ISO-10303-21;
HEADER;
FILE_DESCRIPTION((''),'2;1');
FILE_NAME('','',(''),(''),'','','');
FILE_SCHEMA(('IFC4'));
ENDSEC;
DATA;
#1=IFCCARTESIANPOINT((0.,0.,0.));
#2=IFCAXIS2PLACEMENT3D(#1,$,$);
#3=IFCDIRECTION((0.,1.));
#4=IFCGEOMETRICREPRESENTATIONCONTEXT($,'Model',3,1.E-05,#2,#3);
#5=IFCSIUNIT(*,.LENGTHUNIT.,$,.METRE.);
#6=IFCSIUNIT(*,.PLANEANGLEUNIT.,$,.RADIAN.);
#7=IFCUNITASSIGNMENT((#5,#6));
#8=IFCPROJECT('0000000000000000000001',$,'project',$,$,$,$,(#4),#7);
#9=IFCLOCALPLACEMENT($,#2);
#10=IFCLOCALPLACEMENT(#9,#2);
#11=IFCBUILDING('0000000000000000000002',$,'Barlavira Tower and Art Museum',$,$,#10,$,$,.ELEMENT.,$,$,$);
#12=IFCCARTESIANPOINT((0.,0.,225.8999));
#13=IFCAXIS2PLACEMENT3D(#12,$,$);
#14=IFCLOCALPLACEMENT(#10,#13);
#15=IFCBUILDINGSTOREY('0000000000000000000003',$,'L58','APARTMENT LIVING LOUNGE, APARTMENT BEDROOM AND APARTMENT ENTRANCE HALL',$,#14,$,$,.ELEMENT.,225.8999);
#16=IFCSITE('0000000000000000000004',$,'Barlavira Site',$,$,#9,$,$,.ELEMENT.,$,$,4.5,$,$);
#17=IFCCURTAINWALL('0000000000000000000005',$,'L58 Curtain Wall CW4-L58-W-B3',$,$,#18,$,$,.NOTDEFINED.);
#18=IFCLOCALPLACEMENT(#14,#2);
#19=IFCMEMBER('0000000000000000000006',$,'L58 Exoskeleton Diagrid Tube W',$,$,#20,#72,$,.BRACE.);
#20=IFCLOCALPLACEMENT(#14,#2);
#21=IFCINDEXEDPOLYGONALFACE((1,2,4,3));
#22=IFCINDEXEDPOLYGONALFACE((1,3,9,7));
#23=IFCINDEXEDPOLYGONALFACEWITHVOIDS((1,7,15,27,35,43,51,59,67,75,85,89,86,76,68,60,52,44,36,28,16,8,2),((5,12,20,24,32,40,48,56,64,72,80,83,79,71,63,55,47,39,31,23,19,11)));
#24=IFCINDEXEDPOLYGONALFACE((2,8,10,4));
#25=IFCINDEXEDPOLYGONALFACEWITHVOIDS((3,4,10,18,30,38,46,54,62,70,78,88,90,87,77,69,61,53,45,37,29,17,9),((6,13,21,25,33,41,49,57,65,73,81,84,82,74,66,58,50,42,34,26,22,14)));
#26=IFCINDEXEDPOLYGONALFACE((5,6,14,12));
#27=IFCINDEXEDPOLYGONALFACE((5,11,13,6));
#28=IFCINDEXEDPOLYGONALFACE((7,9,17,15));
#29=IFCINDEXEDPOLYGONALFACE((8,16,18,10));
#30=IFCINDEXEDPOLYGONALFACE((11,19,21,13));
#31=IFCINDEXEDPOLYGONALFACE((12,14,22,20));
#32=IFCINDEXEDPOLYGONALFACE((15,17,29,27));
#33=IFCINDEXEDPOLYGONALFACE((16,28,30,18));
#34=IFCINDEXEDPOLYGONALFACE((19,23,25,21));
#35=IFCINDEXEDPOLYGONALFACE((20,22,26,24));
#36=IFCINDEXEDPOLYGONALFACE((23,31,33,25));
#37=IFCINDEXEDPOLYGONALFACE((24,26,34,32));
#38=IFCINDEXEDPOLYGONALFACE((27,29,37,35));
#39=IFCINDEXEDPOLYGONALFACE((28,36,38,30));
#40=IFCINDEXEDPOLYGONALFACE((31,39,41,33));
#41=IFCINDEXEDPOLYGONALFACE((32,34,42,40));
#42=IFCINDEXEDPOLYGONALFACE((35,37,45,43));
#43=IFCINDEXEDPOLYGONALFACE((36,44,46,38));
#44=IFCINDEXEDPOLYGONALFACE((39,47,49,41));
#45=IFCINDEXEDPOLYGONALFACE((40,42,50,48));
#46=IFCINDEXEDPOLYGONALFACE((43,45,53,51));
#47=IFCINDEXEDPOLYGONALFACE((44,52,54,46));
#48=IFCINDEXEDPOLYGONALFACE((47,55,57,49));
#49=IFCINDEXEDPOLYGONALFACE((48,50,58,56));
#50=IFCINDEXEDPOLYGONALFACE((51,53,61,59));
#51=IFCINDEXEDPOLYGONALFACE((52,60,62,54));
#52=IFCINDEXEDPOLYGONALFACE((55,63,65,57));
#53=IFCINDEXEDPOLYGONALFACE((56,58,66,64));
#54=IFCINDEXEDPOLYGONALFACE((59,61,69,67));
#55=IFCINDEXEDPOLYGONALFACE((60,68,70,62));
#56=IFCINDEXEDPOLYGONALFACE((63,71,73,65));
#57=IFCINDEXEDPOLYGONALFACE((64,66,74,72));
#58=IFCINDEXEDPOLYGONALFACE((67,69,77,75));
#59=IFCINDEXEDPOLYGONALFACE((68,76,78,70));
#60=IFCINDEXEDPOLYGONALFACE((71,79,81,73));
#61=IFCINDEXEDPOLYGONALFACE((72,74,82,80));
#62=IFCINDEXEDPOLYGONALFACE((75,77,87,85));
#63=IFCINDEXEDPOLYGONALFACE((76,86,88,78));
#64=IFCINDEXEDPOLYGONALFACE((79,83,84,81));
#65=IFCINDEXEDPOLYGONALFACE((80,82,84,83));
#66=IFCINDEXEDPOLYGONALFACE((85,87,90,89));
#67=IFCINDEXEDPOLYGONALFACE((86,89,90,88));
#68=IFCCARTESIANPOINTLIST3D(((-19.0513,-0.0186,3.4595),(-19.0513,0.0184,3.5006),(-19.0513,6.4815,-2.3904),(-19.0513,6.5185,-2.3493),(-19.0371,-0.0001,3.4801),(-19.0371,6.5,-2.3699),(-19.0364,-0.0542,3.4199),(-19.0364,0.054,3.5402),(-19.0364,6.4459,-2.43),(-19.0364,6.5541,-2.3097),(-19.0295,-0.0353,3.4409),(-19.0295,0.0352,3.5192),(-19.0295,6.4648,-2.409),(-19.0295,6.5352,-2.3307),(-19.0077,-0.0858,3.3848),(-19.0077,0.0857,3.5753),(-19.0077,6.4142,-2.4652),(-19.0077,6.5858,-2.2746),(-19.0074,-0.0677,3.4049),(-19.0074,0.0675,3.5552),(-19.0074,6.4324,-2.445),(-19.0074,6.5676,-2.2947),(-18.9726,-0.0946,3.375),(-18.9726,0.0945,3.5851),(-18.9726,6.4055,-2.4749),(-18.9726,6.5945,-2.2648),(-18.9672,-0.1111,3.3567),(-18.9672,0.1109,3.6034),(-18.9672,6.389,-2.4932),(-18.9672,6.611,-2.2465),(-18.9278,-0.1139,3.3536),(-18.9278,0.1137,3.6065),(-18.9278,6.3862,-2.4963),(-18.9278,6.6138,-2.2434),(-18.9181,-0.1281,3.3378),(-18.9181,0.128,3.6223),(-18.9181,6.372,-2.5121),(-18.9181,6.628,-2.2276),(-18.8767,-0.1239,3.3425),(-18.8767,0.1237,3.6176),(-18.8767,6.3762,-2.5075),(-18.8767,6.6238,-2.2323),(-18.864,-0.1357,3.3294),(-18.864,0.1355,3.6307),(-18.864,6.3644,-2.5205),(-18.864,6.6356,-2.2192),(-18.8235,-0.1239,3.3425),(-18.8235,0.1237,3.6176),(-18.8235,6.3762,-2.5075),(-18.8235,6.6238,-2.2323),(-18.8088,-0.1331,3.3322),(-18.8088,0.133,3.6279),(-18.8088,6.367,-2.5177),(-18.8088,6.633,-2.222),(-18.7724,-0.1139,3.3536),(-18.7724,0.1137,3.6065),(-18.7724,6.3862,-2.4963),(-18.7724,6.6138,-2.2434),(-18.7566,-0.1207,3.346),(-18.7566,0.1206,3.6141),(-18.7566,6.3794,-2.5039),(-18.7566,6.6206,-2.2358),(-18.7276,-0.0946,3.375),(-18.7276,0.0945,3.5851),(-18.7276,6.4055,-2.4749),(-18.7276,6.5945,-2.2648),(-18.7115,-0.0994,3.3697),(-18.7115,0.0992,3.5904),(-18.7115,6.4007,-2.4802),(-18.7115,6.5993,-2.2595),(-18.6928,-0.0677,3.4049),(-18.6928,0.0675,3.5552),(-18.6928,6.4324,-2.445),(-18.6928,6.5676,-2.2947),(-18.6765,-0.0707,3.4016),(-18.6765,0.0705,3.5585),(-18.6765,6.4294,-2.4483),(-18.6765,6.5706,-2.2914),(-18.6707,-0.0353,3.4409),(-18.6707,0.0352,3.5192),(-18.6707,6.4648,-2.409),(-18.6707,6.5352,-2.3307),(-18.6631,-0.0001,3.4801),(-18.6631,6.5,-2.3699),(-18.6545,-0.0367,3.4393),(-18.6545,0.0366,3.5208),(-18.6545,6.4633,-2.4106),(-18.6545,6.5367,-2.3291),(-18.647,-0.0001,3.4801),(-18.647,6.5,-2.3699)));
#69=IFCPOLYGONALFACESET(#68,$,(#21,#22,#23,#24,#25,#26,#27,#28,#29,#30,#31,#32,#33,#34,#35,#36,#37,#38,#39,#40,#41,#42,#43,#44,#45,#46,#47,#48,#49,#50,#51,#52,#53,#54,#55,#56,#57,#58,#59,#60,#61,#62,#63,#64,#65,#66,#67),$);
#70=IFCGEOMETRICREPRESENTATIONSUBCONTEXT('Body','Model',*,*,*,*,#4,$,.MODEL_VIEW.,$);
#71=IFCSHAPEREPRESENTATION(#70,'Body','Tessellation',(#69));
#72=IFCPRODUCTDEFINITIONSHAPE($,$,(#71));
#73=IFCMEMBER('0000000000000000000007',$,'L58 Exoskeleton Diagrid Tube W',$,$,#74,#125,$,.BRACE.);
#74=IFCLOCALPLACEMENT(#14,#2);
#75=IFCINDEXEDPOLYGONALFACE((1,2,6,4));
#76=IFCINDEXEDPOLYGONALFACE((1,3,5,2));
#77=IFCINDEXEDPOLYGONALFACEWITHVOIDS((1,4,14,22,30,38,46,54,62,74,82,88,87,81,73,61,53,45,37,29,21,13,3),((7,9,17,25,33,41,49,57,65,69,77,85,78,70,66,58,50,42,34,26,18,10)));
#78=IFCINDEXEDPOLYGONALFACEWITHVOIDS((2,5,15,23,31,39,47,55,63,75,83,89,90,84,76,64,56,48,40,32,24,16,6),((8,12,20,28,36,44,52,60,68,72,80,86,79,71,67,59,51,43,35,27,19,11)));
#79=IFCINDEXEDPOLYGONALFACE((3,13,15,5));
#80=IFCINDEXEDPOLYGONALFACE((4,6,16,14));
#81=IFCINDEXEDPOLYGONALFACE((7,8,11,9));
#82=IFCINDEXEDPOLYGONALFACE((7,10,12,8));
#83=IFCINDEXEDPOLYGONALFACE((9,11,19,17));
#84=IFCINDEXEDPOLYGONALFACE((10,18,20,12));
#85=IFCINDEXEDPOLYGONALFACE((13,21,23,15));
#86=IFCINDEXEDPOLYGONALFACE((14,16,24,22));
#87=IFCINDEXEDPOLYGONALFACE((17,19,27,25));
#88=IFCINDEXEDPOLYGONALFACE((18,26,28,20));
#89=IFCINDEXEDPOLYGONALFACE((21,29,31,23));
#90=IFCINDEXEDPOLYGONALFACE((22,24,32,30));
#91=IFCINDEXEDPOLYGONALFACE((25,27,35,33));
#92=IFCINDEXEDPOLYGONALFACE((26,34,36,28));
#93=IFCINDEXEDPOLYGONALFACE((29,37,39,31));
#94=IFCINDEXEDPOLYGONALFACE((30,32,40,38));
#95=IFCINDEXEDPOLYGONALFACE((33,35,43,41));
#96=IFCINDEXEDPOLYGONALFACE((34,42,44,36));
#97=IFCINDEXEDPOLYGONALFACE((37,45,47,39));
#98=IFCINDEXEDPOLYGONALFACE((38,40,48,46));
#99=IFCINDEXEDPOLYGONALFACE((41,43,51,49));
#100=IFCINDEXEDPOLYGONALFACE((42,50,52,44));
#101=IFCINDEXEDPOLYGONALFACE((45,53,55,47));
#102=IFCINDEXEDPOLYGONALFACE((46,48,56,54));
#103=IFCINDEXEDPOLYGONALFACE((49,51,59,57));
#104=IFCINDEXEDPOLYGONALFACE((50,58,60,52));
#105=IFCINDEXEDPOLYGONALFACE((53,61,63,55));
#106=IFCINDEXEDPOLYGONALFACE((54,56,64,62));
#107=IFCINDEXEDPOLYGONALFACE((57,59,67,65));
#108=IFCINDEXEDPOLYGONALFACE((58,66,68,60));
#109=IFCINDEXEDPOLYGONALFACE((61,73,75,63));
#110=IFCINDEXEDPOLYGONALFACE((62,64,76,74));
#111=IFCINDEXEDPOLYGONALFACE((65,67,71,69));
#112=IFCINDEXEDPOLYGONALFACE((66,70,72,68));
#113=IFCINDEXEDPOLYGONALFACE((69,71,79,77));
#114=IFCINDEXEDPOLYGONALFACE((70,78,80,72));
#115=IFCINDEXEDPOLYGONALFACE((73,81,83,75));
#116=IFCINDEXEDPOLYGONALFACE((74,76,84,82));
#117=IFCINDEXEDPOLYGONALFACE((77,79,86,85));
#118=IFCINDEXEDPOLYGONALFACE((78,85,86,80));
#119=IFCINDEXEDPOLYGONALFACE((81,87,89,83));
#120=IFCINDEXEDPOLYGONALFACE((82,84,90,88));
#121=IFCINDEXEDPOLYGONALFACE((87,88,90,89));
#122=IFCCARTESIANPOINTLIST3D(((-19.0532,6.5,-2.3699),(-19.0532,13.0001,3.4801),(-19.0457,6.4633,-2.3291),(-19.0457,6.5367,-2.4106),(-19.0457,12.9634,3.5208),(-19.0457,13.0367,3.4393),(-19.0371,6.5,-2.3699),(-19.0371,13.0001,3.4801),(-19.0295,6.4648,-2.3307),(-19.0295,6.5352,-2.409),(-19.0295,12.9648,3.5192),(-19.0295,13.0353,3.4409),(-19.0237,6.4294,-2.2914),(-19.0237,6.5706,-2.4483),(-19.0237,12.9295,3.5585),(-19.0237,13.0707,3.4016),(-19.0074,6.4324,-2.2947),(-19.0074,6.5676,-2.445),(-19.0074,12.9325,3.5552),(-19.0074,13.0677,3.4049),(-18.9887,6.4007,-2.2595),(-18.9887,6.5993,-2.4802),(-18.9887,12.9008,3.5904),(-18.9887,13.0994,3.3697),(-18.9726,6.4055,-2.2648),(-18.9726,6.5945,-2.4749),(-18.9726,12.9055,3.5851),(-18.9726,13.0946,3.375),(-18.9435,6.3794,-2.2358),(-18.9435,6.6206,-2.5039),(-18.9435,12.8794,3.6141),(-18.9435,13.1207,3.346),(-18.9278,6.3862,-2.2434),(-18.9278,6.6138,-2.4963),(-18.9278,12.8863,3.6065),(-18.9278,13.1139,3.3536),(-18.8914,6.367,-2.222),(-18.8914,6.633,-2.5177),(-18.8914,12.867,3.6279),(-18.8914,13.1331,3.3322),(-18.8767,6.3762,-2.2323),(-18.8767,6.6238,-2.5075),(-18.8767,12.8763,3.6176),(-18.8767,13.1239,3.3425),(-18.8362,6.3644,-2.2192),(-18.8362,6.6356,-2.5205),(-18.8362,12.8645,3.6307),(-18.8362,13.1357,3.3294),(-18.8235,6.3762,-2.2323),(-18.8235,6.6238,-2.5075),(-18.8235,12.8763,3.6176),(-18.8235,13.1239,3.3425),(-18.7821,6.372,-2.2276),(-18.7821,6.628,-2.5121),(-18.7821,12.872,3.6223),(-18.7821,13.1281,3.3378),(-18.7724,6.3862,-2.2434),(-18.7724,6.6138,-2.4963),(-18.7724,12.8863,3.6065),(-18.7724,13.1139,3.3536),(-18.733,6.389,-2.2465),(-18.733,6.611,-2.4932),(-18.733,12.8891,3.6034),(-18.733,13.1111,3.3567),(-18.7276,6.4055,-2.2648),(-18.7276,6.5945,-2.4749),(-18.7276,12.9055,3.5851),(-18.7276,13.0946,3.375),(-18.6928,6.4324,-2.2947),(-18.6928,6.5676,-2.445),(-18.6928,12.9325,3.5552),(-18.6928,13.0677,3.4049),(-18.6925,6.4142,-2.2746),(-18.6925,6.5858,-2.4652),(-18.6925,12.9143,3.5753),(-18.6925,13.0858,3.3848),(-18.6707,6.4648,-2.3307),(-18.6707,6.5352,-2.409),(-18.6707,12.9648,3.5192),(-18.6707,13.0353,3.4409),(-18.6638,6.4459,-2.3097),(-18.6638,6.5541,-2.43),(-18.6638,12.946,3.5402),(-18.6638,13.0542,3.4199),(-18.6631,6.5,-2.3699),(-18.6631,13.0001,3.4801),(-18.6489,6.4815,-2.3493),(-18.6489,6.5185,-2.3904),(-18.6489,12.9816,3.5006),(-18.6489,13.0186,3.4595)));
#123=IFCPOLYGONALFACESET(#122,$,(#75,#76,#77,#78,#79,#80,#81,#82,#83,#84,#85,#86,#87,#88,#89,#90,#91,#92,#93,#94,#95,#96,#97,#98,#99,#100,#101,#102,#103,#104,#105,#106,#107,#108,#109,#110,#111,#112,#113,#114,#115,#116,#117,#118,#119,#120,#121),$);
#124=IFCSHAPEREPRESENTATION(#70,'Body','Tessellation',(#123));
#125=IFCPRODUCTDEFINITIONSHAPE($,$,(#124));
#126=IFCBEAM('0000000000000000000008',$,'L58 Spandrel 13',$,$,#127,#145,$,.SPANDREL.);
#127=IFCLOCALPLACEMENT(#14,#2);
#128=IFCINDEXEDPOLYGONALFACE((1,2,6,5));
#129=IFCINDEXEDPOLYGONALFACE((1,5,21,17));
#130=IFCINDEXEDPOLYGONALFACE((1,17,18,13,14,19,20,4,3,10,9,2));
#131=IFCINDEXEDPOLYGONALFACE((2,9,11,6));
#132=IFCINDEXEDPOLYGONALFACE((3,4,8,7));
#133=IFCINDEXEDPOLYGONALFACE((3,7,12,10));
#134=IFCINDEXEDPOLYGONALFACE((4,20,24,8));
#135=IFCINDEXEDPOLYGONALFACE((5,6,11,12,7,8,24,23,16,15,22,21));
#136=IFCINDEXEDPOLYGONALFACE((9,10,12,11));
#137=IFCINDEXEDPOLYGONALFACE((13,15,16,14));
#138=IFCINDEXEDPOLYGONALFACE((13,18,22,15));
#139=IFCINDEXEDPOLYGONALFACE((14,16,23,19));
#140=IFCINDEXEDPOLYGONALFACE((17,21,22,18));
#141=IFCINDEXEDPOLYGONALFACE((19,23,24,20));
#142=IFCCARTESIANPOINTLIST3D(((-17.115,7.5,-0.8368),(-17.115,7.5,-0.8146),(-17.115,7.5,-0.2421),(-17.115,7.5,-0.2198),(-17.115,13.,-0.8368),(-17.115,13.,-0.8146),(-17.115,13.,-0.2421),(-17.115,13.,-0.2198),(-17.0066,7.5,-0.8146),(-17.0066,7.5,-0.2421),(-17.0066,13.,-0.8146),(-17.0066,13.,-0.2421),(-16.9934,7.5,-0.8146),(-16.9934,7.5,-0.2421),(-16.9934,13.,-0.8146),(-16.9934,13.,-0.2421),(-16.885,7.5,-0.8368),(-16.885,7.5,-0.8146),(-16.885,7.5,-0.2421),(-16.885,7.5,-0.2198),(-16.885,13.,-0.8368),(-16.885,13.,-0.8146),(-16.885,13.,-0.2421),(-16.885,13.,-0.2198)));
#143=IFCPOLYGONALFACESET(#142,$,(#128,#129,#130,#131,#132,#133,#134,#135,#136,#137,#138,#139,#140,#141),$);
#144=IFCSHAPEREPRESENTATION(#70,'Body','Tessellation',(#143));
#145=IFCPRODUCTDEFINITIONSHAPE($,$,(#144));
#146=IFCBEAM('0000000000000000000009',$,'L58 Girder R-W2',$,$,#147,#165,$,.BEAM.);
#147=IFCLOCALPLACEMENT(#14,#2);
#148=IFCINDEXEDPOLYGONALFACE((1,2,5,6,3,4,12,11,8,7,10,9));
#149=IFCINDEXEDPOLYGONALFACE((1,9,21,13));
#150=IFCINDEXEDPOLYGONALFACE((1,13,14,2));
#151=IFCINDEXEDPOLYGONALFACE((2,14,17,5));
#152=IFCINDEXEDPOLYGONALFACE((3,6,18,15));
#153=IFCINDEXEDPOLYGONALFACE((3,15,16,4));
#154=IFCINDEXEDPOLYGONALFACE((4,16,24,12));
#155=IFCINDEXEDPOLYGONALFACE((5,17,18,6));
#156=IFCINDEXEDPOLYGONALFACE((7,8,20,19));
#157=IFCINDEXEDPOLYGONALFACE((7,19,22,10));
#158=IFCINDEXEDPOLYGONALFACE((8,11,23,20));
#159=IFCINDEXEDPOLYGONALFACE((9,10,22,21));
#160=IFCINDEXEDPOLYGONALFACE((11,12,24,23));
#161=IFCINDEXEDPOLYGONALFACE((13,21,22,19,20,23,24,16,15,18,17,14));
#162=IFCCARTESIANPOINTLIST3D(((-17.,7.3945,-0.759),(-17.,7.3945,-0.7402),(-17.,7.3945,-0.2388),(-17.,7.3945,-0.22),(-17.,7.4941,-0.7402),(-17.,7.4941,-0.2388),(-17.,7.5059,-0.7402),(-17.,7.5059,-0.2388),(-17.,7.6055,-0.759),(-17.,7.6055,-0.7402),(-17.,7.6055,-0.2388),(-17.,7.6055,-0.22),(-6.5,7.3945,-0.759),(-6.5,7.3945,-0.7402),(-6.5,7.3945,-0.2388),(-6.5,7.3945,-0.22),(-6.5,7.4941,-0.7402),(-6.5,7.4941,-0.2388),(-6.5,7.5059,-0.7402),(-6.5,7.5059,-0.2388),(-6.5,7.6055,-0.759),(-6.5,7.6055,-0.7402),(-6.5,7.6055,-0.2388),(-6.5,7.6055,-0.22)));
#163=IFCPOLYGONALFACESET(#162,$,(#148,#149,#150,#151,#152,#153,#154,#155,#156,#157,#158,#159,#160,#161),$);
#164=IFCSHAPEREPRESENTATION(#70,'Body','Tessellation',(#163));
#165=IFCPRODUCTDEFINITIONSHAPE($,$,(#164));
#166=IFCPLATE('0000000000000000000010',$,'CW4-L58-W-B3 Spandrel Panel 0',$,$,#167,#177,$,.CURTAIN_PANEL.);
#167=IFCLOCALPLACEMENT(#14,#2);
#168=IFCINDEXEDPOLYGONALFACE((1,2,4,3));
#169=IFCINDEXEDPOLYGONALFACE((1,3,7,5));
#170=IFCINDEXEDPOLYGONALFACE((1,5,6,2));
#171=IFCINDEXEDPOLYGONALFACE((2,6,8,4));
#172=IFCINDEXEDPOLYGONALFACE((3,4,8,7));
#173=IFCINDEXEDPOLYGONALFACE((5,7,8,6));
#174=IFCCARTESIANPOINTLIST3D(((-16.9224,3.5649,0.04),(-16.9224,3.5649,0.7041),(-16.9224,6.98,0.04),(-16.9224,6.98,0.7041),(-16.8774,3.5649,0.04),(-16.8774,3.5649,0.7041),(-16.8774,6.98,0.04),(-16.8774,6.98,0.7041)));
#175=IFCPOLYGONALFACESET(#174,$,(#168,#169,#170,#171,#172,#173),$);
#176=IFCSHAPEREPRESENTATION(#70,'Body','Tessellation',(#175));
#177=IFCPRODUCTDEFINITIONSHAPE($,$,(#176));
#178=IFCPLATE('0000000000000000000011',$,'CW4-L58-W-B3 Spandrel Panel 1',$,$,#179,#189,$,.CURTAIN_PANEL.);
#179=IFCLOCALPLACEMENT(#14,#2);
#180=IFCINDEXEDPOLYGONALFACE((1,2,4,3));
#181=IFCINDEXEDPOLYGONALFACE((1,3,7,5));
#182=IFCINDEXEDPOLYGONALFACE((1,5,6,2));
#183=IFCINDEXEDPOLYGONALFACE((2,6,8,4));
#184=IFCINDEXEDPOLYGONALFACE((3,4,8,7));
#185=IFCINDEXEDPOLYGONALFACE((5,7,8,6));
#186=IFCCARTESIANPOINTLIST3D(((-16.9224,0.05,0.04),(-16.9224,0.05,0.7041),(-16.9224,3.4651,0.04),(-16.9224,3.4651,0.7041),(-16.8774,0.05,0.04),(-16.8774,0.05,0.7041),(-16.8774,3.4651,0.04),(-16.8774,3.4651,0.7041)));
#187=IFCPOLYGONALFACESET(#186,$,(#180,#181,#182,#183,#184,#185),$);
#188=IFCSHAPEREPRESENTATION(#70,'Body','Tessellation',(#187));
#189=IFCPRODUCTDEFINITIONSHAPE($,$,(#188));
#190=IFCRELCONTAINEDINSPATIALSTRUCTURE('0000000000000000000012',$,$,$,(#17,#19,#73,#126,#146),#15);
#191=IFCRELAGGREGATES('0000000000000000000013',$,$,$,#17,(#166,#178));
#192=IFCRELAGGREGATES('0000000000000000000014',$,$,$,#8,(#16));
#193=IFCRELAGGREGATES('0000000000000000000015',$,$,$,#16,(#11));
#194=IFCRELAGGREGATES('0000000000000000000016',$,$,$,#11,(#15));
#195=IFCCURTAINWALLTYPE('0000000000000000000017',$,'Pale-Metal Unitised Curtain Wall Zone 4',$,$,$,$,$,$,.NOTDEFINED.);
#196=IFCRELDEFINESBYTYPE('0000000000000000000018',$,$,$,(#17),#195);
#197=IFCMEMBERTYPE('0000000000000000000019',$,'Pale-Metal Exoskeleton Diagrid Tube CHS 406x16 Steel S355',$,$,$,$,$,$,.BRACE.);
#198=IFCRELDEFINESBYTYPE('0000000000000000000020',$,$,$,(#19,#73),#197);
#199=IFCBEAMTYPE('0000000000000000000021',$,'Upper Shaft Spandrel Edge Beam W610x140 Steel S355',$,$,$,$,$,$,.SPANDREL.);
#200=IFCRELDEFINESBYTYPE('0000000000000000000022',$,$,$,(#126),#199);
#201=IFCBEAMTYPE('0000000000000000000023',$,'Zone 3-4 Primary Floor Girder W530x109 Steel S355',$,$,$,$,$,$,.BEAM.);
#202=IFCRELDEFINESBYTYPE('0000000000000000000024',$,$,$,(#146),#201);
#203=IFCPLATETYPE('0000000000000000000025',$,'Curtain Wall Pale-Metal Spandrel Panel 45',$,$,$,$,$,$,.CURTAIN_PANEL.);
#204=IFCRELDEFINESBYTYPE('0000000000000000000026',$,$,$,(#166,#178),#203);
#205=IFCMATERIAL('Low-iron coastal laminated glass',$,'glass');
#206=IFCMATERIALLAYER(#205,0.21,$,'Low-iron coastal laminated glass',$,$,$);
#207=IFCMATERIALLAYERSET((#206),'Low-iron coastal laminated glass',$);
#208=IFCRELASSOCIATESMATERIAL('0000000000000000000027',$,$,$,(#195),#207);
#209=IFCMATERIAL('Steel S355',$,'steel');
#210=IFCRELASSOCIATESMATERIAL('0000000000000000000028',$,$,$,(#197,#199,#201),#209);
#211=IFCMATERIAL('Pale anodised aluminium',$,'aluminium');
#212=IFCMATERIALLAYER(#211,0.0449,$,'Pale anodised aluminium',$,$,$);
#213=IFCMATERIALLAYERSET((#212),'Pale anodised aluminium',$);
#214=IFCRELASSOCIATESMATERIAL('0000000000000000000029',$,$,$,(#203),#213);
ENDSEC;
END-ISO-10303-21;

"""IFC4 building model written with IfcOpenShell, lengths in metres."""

from ifc_helpers import new_model, si_unit, direction, frame, origin, origin_2d, place, context, subcontext, project, spatial, rectangle, hollow_circle, i_section, extrude, material, layer, layer_set, material_profile, profile_set, type_object, element, aggregate, save


model = new_model("IFC4")

# Units and contexts
model_context = context("Model", 3, precision=1e-05, world=origin(), true_north=direction((0.0, 1.0)))
body_context = subcontext(model_context, "Body", "Model", "MODEL_VIEW")
ifc_project = project(units=[si_unit("LENGTHUNIT", "METRE"), si_unit("PLANEANGLEUNIT", "RADIAN")], contexts=[model_context])

# Site, building, storey
site_placement = place(None, origin())
site = spatial("IfcSite", under=ifc_project, at=site_placement, Name="Barlavira Site", CompositionType="ELEMENT", RefElevation=4.5)
building_placement = place(site_placement, origin())
building = spatial("IfcBuilding", under=site, at=building_placement, Name="Barlavira Tower and Art Museum", CompositionType="ELEMENT")
storey_placement = place(building_placement, frame((0.0, 0.0, 225.8999)))
storey = spatial("IfcBuildingStorey", under=building, at=storey_placement, Name="L58", Description="APARTMENT LIVING LOUNGE, APARTMENT BEDROOM AND APARTMENT ENTRANCE HALL", CompositionType="ELEMENT", Elevation=225.8999)

# Curtain wall
ifc_material_1 = material(Name="Low-iron coastal laminated glass", Category="glass")
ifc_layer_1 = layer(ifc_material_1, 0.21, Name="Low-iron coastal laminated glass")
ifc_layer_set_1 = layer_set([ifc_layer_1], Name="Low-iron coastal laminated glass")
curtain_wall_type = type_object("IfcCurtainWallType", Name="Pale-Metal Unitised Curtain Wall Zone 4", PredefinedType="NOTDEFINED", material=ifc_layer_set_1)
curtain_wall_placement = place(storey_placement, origin())
curtain_wall = element("IfcCurtainWall", 1, at=curtain_wall_placement, inside=storey, type_object=curtain_wall_type, Name="L58 Curtain Wall CW4-L58-W-B3", PredefinedType="NOTDEFINED")
ifc_material_2 = material(Name="Pale anodised aluminium", Category="aluminium")

# Members
ifc_material_3 = material(Name="Steel S355", Category="steel")
ifc_material_profile_1 = material_profile(ifc_material_3, hollow_circle(Radius=0.2031, WallThickness=0.0161, at=origin_2d()), Name="CHS 406.4x16.0")
ifc_profile_set_1 = profile_set([ifc_material_profile_1], Name="Steel S355")
member_type_1 = type_object("IfcMemberType", Name="Pale-Metal Exoskeleton Diagrid Tube CHS 406x16 Steel S355", PredefinedType="BRACE", material=ifc_profile_set_1)
for number, where, z_axis, x_axis, name in (
    (2, (-18.8501, 6.5, -2.3699), (0.0, -0.743302, 0.668955), (1.0, 0.0, 0.0), "L58 Exoskeleton Diagrid Tube W"),
    (3, (-18.8501, 6.5, -2.3699), (0.0, 0.743302, 0.668955), (-1.0, 0.0, 0.0), "L58 Exoskeleton Diagrid Tube W"),
):
    element("IfcMember", number, at=place(storey_placement, frame(where, z_axis=z_axis, x_axis=x_axis)), inside=storey, type_object=member_type_1, Name=name, PredefinedType="BRACE", context=body_context, shape_type="SweptSolid", body=[
        extrude(hollow_circle(Radius=0.2031, WallThickness=0.0161, at=origin_2d()), origin(), (0.0, 0.0, 1.0), 8.7449),
    ])

# Beams
ifc_material_profile_2 = material_profile(ifc_material_3, i_section(OverallWidth=0.23, OverallDepth=0.6169, WebThickness=0.0132, FlangeThickness=0.0222, at=origin_2d()), Name="W610x140.0")
ifc_profile_set_2 = profile_set([ifc_material_profile_2], Name="Steel S355")
beam_type_1 = type_object("IfcBeamType", Name="Upper Shaft Spandrel Edge Beam W610x140 Steel S355", PredefinedType="SPANDREL", material=ifc_profile_set_2)
beam_1_placement = place(storey_placement, frame((-17.0, 7.5, -0.5283), z_axis=(0.0, 1.0, 0.0), x_axis=(-1.0, 0.0, 0.0)))
element("IfcBeam", 4, at=beam_1_placement, inside=storey, type_object=beam_type_1, Name="L58 Spandrel 13", PredefinedType="SPANDREL", context=body_context, shape_type="SweptSolid", body=[
    extrude(i_section(OverallWidth=0.23, OverallDepth=0.6169, WebThickness=0.0132, FlangeThickness=0.0222, at=origin_2d()), origin(), (0.0, 0.0, 1.0), 5.5),
])
ifc_material_profile_3 = material_profile(ifc_material_3, i_section(OverallWidth=0.2109, OverallDepth=0.5391, WebThickness=0.0117, FlangeThickness=0.0188, at=origin_2d()), Name="W530x109.0")
ifc_profile_set_3 = profile_set([ifc_material_profile_3], Name="Steel S355")
beam_type_2 = type_object("IfcBeamType", Name="Zone 3-4 Primary Floor Girder W530x109 Steel S355", PredefinedType="BEAM", material=ifc_profile_set_3)
beam_2_placement = place(storey_placement, frame((-17.0, 7.5, -0.4895), z_axis=(1.0, 0.0, 0.0), x_axis=(0.0, 1.0, 0.0)))
element("IfcBeam", 5, at=beam_2_placement, inside=storey, type_object=beam_type_2, Name="L58 Girder R-W2", PredefinedType="BEAM", context=body_context, shape_type="SweptSolid", body=[
    extrude(i_section(OverallWidth=0.2109, OverallDepth=0.5391, WebThickness=0.0117, FlangeThickness=0.0188, at=origin_2d()), origin(), (0.0, 0.0, 1.0), 10.5),
])

# Plates
ifc_layer_2 = layer(ifc_material_2, 0.0449, Name="Pale anodised aluminium")
ifc_layer_set_2 = layer_set([ifc_layer_2], Name="Pale anodised aluminium")
plate_type_1 = type_object("IfcPlateType", Name="Curtain Wall Pale-Metal Spandrel Panel 45", PredefinedType="CURTAIN_PANEL", material=ifc_layer_set_2)
plate_1_placement = place(storey_placement, frame((-16.8999, 5.2725, 0.04), z_axis=(0.0, 0.0, 1.0), x_axis=(0.0, -1.0, 0.0)))
plate_1 = element("IfcPlate", 6, at=plate_1_placement, type_object=plate_type_1, Name="CW4-L58-W-B3 Spandrel Panel 0", PredefinedType="CURTAIN_PANEL", context=body_context, shape_type="SweptSolid", body=[
    extrude(rectangle(XDim=3.415, YDim=0.0449, at=origin_2d()), origin(), (0.0, 0.0, 1.0), 0.6641),
])
plate_2_placement = place(storey_placement, frame((-16.8999, 1.7576, 0.04), z_axis=(0.0, 0.0, 1.0), x_axis=(0.0, -1.0, 0.0)))
plate_2 = element("IfcPlate", 7, at=plate_2_placement, type_object=plate_type_1, Name="CW4-L58-W-B3 Spandrel Panel 1", PredefinedType="CURTAIN_PANEL", context=body_context, shape_type="SweptSolid", body=[
    extrude(rectangle(XDim=3.415, YDim=0.0449, at=origin_2d()), origin(), (0.0, 0.0, 1.0), 0.6641),
])
aggregate(curtain_wall, [plate_1, plate_2])

save(model, "model.ifc")
